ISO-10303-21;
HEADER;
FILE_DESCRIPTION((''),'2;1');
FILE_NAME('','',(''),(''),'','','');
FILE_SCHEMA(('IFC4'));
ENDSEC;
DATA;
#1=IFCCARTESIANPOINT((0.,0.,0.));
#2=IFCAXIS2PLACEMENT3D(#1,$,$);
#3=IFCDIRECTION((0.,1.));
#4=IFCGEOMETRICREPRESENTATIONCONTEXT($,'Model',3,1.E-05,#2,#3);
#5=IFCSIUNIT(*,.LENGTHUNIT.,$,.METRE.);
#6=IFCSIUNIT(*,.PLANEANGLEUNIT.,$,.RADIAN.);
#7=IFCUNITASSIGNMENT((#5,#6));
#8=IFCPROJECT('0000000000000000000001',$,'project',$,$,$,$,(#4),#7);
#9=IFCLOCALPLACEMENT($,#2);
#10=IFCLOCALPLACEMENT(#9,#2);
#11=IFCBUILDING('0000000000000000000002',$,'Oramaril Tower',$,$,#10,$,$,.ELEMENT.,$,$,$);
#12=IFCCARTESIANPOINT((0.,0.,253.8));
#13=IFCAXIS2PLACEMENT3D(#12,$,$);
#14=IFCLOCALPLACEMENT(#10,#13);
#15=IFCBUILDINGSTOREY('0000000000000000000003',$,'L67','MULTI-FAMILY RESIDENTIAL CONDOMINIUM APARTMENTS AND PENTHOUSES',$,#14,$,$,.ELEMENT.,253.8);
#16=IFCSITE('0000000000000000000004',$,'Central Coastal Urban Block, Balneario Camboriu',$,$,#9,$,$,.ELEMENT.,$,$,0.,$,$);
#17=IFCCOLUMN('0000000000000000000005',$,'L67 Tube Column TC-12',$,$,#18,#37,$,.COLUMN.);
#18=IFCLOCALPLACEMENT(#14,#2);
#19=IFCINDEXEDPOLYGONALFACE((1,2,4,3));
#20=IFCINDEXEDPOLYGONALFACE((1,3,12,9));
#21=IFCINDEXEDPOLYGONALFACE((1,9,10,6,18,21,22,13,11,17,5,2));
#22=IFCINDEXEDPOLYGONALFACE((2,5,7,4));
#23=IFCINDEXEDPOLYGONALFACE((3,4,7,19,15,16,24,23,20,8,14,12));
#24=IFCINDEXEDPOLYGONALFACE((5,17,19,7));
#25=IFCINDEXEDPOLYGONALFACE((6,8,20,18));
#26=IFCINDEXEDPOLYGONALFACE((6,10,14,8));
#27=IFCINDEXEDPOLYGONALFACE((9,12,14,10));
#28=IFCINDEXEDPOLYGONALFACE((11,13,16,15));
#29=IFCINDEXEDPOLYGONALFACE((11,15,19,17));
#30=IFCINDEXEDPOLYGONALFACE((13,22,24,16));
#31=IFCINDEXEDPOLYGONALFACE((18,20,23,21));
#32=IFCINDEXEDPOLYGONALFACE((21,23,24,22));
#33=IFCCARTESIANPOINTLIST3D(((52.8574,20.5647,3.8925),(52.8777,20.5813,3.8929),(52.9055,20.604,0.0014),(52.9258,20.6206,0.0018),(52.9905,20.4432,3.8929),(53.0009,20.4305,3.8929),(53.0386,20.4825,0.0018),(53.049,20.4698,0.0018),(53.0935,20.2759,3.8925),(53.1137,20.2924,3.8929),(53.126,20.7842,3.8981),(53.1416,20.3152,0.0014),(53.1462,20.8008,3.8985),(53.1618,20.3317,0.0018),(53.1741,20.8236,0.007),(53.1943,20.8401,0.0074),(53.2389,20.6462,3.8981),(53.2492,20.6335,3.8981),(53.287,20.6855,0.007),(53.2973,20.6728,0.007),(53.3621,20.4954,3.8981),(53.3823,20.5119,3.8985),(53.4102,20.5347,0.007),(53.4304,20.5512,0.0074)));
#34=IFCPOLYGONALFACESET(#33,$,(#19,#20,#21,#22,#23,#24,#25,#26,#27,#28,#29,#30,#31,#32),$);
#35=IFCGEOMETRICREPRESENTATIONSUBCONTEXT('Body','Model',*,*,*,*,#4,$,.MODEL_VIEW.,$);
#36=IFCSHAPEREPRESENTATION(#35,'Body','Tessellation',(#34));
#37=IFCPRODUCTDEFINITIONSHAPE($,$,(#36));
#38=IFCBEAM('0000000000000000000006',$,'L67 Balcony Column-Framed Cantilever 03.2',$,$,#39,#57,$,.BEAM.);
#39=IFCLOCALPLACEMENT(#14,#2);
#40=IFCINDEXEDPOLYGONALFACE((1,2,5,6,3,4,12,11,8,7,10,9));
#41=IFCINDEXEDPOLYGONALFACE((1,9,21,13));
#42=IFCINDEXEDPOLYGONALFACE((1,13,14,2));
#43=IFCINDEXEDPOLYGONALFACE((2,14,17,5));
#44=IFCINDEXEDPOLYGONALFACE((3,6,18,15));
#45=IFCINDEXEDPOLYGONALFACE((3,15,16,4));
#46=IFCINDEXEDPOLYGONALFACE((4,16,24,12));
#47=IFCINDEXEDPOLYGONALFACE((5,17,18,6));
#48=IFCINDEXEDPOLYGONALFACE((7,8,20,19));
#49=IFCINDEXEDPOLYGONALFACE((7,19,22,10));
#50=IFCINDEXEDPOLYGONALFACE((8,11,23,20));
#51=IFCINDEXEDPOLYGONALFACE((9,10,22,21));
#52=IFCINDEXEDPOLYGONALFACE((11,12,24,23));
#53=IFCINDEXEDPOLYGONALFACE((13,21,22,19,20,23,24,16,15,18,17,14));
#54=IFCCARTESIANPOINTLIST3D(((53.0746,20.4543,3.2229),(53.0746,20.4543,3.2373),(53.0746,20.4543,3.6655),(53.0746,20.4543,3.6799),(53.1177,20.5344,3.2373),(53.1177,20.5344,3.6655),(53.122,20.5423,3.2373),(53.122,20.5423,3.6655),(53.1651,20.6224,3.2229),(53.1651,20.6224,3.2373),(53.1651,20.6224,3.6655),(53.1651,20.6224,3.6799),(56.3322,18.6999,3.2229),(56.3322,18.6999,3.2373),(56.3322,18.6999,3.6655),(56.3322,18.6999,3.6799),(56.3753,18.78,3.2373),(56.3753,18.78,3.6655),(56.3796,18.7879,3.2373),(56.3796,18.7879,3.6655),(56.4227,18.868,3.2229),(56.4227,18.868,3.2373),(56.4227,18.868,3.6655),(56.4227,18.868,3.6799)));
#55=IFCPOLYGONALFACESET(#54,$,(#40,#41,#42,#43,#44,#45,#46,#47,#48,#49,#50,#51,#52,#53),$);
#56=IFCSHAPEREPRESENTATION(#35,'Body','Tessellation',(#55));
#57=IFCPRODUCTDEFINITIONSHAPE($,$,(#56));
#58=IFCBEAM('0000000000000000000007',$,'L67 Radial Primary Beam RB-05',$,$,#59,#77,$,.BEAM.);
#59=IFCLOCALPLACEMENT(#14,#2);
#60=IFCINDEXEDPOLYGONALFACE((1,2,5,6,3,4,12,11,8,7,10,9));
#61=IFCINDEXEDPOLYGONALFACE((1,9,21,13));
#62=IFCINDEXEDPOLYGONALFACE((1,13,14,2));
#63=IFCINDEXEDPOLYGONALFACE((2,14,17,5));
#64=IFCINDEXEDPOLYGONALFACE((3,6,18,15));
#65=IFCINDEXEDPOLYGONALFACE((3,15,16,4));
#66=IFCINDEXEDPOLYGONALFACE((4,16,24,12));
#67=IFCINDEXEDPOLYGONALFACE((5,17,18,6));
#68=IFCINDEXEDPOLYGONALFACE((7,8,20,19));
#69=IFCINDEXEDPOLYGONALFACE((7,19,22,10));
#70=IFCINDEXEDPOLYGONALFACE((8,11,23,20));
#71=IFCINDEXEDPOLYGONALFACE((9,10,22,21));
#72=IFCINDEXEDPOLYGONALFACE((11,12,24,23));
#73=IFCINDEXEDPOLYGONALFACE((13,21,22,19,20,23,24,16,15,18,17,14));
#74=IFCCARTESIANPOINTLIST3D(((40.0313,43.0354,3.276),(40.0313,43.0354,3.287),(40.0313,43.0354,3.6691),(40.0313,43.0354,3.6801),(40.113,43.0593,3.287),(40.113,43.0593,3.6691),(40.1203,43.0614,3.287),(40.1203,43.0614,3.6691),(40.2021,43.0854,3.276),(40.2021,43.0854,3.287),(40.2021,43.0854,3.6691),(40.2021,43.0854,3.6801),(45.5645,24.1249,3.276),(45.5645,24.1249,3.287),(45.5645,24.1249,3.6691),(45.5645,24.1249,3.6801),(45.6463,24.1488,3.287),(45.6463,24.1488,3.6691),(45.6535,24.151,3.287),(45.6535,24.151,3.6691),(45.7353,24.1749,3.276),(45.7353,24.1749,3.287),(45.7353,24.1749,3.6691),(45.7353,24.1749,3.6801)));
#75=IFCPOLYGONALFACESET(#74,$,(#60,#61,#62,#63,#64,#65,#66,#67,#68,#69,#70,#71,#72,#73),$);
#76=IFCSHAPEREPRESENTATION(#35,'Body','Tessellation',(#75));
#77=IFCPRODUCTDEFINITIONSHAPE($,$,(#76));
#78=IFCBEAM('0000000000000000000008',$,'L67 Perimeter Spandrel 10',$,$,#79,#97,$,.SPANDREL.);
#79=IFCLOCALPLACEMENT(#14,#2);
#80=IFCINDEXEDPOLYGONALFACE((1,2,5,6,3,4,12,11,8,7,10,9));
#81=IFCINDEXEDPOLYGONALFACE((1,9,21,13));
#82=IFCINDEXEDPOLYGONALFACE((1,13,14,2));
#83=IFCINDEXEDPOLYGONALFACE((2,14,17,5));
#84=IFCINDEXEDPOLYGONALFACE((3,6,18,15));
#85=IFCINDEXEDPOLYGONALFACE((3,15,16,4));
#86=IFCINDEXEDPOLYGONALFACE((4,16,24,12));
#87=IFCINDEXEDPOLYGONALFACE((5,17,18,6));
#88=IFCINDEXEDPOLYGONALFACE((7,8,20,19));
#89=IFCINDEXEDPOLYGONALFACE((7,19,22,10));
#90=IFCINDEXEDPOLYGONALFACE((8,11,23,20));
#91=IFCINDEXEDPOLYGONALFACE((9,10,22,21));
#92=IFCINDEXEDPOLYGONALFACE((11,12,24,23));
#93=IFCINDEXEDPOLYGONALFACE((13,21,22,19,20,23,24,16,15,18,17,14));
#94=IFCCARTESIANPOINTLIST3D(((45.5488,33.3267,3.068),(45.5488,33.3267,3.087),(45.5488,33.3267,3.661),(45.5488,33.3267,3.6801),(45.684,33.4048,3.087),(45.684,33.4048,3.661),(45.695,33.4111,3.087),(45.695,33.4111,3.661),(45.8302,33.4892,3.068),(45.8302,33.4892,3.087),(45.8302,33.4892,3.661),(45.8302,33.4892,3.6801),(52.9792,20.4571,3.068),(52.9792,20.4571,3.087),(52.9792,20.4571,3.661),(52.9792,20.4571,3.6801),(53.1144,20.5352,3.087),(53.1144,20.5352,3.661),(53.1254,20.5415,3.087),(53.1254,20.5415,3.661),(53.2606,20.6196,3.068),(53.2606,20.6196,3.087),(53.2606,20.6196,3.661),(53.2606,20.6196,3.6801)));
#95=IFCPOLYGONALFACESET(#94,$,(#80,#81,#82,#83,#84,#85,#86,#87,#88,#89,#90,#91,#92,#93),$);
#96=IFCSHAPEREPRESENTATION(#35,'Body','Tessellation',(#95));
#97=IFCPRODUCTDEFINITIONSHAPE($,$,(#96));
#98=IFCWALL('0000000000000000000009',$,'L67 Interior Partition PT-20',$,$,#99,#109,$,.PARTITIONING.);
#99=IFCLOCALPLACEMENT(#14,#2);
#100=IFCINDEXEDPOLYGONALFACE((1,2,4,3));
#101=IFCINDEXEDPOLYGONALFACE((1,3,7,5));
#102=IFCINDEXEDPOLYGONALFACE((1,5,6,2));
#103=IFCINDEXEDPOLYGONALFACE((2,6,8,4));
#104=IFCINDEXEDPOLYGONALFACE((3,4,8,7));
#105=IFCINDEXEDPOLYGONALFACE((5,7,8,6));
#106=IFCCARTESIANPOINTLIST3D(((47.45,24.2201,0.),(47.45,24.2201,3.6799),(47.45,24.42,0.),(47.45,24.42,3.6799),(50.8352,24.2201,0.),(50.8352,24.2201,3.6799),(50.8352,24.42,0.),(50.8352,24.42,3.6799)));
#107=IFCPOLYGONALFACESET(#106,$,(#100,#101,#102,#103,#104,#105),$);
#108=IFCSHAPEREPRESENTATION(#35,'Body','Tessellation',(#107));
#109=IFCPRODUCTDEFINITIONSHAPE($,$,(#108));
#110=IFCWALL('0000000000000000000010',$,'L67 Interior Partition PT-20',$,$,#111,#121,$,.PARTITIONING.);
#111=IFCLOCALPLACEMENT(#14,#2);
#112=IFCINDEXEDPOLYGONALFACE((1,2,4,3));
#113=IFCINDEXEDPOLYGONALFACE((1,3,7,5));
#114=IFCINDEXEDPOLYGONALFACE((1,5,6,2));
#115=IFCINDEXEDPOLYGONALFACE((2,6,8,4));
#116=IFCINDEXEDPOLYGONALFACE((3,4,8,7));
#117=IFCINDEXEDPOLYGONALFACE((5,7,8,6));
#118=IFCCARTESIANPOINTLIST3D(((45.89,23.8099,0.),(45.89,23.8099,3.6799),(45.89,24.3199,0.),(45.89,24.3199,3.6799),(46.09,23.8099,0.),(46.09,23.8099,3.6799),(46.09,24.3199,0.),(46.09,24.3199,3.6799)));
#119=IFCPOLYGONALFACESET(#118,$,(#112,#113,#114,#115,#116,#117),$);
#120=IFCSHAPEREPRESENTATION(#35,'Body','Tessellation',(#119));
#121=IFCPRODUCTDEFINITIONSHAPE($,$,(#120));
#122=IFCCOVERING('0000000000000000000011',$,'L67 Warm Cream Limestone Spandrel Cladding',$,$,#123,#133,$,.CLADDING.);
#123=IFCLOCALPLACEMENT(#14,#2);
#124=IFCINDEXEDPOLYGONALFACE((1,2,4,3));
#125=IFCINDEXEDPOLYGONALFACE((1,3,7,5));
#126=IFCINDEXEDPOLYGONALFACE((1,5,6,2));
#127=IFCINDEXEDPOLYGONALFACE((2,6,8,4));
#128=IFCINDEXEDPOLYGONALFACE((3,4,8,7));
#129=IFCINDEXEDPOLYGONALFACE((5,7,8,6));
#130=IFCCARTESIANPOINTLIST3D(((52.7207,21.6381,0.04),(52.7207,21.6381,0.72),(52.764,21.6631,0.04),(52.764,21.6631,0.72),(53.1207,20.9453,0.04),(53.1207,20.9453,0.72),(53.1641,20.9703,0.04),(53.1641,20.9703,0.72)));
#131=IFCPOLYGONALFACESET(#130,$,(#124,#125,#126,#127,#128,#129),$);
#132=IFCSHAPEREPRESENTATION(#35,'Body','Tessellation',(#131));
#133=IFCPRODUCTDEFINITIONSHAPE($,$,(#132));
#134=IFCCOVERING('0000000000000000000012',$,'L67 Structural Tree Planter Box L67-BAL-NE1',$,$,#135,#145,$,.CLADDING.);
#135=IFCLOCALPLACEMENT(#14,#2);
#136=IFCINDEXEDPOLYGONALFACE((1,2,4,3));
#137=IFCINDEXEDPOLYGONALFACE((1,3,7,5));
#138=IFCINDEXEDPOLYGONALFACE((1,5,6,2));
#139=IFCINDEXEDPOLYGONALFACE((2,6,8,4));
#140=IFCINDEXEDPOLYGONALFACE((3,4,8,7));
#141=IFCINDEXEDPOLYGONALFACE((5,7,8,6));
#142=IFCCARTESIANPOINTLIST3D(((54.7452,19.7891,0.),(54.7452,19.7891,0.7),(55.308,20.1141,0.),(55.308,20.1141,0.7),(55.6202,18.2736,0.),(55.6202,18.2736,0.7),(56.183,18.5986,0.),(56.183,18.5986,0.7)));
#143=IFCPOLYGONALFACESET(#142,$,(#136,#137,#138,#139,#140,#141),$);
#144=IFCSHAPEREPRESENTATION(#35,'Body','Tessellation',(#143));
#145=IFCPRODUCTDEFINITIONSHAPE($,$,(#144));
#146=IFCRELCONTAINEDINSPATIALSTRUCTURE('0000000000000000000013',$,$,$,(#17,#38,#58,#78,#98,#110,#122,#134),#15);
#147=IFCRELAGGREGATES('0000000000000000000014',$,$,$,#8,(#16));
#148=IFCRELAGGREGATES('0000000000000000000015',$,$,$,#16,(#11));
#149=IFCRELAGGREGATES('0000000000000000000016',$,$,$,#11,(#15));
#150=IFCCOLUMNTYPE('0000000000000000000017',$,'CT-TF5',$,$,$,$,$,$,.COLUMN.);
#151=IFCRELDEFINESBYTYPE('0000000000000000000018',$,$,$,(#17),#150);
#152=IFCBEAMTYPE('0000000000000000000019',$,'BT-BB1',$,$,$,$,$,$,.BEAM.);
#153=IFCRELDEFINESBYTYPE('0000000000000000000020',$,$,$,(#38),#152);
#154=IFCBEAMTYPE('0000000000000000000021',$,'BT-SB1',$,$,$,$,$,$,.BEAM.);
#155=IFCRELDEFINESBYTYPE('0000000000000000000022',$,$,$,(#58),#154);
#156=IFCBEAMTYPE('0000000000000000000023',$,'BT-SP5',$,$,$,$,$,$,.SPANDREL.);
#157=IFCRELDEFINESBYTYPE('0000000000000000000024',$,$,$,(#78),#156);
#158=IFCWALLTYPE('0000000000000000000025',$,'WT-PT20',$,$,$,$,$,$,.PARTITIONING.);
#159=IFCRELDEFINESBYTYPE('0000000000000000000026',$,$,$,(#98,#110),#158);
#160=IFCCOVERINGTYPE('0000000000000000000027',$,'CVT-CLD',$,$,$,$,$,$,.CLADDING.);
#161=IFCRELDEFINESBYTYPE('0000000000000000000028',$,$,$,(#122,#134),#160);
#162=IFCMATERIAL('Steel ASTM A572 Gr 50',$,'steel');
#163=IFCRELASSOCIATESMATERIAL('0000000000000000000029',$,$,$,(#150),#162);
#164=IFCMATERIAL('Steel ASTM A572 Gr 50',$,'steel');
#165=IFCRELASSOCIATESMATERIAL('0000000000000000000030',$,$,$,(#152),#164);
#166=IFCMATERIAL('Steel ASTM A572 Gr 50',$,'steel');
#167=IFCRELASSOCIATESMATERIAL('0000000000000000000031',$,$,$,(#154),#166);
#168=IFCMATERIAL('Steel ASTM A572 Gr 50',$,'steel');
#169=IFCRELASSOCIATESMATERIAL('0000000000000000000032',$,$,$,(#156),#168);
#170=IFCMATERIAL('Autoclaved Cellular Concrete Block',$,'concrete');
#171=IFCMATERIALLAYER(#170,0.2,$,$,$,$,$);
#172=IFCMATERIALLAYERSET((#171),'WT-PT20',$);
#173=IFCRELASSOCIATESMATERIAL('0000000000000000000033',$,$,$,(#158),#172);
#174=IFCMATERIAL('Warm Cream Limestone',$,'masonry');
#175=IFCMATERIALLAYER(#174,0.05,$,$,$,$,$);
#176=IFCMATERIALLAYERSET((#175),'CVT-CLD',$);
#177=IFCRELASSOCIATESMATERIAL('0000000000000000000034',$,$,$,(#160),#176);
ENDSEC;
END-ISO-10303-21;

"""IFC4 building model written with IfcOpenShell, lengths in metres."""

from ifc_helpers import new_model, si_unit, direction, frame, frame_2d, origin, origin_2d, place, context, subcontext, project, spatial, rectangle, i_section, extrude, material, layer, layer_set, material_profile, profile_set, type_object, element, save


model = new_model("IFC4")

# Units and contexts
model_context = context("Model", 3, precision=1e-05, world=origin(), true_north=direction((0.0, 1.0)))
body_context = subcontext(model_context, "Body", "Model", "MODEL_VIEW")
ifc_project = project(units=[si_unit("LENGTHUNIT", "METRE"), si_unit("PLANEANGLEUNIT", "RADIAN")], contexts=[model_context])

# Site, building, storey
site_placement = place(None, origin())
site = spatial("IfcSite", under=ifc_project, at=site_placement, Name="Central Coastal Urban Block, Balneario Camboriu", CompositionType="ELEMENT", RefElevation=0.0)
building_placement = place(site_placement, origin())
building = spatial("IfcBuilding", under=site, at=building_placement, Name="Oramaril Tower", CompositionType="ELEMENT")
storey_placement = place(building_placement, frame((0.0, 0.0, 253.8)))
storey = spatial("IfcBuildingStorey", under=building, at=storey_placement, Name="L67", Description="MULTI-FAMILY RESIDENTIAL CONDOMINIUM APARTMENTS AND PENTHOUSES", CompositionType="ELEMENT", Elevation=253.8)

# Column
ifc_material_1 = material(Name="Steel ASTM A572 Gr 50", Category="steel")
ifc_material_profile_1 = material_profile(ifc_material_1, i_section(OverallWidth=0.373, OverallDepth=0.373, WebThickness=0.0164, FlangeThickness=0.0261, at=origin_2d()), Name="W14X132")
ifc_profile_set_1 = profile_set([ifc_material_profile_1], Name="Steel ASTM A572 Gr 50")
column_type = type_object("IfcColumnType", Name="CT-TF5", PredefinedType="COLUMN", material=ifc_profile_set_1)
column_placement = place(storey_placement, frame((53.168, 20.5776, 0.0044), z_axis=(-0.012359, -0.0101, 0.999873), x_axis=(0.63281, -0.774307, 0.0)))
element("IfcColumn", 1, at=column_placement, inside=storey, type_object=column_type, Name="L67 Tube Column TC-12", PredefinedType="COLUMN", context=body_context, shape_type="SweptSolid", body=[
    extrude(i_section(OverallWidth=0.373, OverallDepth=0.373, WebThickness=0.0164, FlangeThickness=0.0261, at=origin_2d()), origin(), (0.0, 0.0, 1.0), 3.8916),
])

# Beams
ifc_material_2 = material(Name="Steel ASTM A572 Gr 50", Category="steel")
ifc_material_profile_2 = material_profile(ifc_material_2, i_section(OverallWidth=0.1909, OverallDepth=0.457, WebThickness=0.009, FlangeThickness=0.0144, at=origin_2d()), Name="W18X50")
ifc_profile_set_2 = profile_set([ifc_material_profile_2], Name="Steel ASTM A572 Gr 50")
beam_type_1 = type_object("IfcBeamType", Name="BT-BB1", PredefinedType="BEAM", material=ifc_profile_set_2)
beam_1_placement = place(storey_placement, frame((53.1199, 20.5383, 3.4514), z_axis=(0.880435, -0.474167, 0.0), x_axis=(0.474167, 0.880435, 0.0)))
element("IfcBeam", 2, at=beam_1_placement, inside=storey, type_object=beam_type_1, Name="L67 Balcony Column-Framed Cantilever 03.2", PredefinedType="BEAM", context=body_context, shape_type="SweptSolid", body=[
    extrude(i_section(OverallWidth=0.1909, OverallDepth=0.457, WebThickness=0.009, FlangeThickness=0.0144, at=origin_2d()), origin(), (0.0, 0.0, 1.0), 3.7),
])
ifc_material_3 = material(Name="Steel ASTM A572 Gr 50", Category="steel")
ifc_material_profile_3 = material_profile(ifc_material_3, i_section(OverallWidth=0.178, OverallDepth=0.4041, WebThickness=0.0076, FlangeThickness=0.011, at=origin_2d()), Name="W16X36")
ifc_profile_set_3 = profile_set([ifc_material_profile_3], Name="Steel ASTM A572 Gr 50")
beam_type_2 = type_object("IfcBeamType", Name="BT-SB1", PredefinedType="BEAM", material=ifc_profile_set_3)
beam_2_placement = place(storey_placement, frame((45.6499, 24.1499, 3.478), z_axis=(-0.280826, 0.959759, 0.0), x_axis=(-0.959759, -0.280826, 0.0)))
element("IfcBeam", 3, at=beam_2_placement, inside=storey, type_object=beam_type_2, Name="L67 Radial Primary Beam RB-05", PredefinedType="BEAM", context=body_context, shape_type="SweptSolid", body=[
    extrude(i_section(OverallWidth=0.178, OverallDepth=0.4041, WebThickness=0.0076, FlangeThickness=0.011, at=origin_2d()), origin(), (0.0, 0.0, 1.0), 19.7034),
])
ifc_material_4 = material(Name="Steel ASTM A572 Gr 50", Category="steel")
ifc_material_profile_4 = material_profile(ifc_material_4, i_section(OverallWidth=0.325, OverallDepth=0.6121, WebThickness=0.0127, FlangeThickness=0.019, at=origin_2d()), Name="W24X104")
ifc_profile_set_4 = profile_set([ifc_material_profile_4], Name="Steel ASTM A572 Gr 50")
beam_type_3 = type_object("IfcBeamType", Name="BT-SP5", PredefinedType="SPANDREL", material=ifc_profile_set_4)
beam_3_placement = place(storey_placement, frame((53.1199, 20.5383, 3.374), z_axis=(-0.500007, 0.866021, 0.0), x_axis=(-0.866021, -0.500007, 0.0)))
element("IfcBeam", 4, at=beam_3_placement, inside=storey, type_object=beam_type_3, Name="L67 Perimeter Spandrel 10", PredefinedType="SPANDREL", context=body_context, shape_type="SweptSolid", body=[
    extrude(i_section(OverallWidth=0.325, OverallDepth=0.6121, WebThickness=0.0127, FlangeThickness=0.019, at=origin_2d()), origin(), (0.0, 0.0, 1.0), 14.8606),
])

# Walls
ifc_material_5 = material(Name="Autoclaved Cellular Concrete Block", Category="concrete")
ifc_layer_1 = layer(ifc_material_5, 0.2)
ifc_layer_set_1 = layer_set([ifc_layer_1], Name="WT-PT20")
wall_type = type_object("IfcWallType", Name="WT-PT20", PredefinedType="PARTITIONING", material=ifc_layer_set_1)
wall_1_placement = place(storey_placement, frame((47.45, 24.3201, 0.0), z_axis=(0.0, 0.0, 1.0), x_axis=(1.0, 0.0, 0.0)))
element("IfcWall", 5, at=wall_1_placement, inside=storey, type_object=wall_type, Name="L67 Interior Partition PT-20", PredefinedType="PARTITIONING", context=body_context, shape_type="SweptSolid", body=[
    extrude(rectangle(XDim=3.3853, YDim=0.2, at=frame_2d((1.6926, 0.0))), origin(), (0.0, 0.0, 1.0), 3.6799),
])
wall_2_placement = place(storey_placement, frame((45.99, 23.8101, 0.0), z_axis=(0.0, 0.0, 1.0), x_axis=(0.0, 1.0, 0.0)))
element("IfcWall", 6, at=wall_2_placement, inside=storey, type_object=wall_type, Name="L67 Interior Partition PT-20", PredefinedType="PARTITIONING", context=body_context, shape_type="SweptSolid", body=[
    extrude(rectangle(XDim=0.51, YDim=0.2, at=frame_2d((0.2549, 0.0))), origin(), (0.0, 0.0, 1.0), 3.6799),
])

# Coverings
ifc_material_6 = material(Name="Warm Cream Limestone", Category="masonry")
ifc_layer_2 = layer(ifc_material_6, 0.05)
ifc_layer_set_2 = layer_set([ifc_layer_2], Name="CVT-CLD")
covering_type = type_object("IfcCoveringType", Name="CVT-CLD", PredefinedType="CLADDING", material=ifc_layer_set_2)
covering_1_placement = place(storey_placement, frame((52.9424, 21.3042, 0.04), z_axis=(0.0, 0.0, 1.0), x_axis=(-0.500002, 0.866025, 0.0)))
element("IfcCovering", 7, at=covering_1_placement, inside=storey, type_object=covering_type, Name="L67 Warm Cream Limestone Spandrel Cladding", PredefinedType="CLADDING", context=body_context, shape_type="SweptSolid", body=[
    extrude(rectangle(XDim=0.8, YDim=0.05, at=origin_2d()), origin(), (0.0, 0.0, 1.0), 0.6799),
])
covering_2_placement = place(storey_placement, frame((55.4641, 19.1938, 0.0), z_axis=(0.0, 0.0, 1.0), x_axis=(-0.500002, 0.866025, 0.0)))
element("IfcCovering", 8, at=covering_2_placement, inside=storey, type_object=covering_type, Name="L67 Structural Tree Planter Box L67-BAL-NE1", PredefinedType="CLADDING", context=body_context, shape_type="SweptSolid", body=[
    extrude(rectangle(XDim=1.75, YDim=0.6499, at=origin_2d()), origin(), (0.0, 0.0, 1.0), 0.7),
])

save(model, "model.ifc")
